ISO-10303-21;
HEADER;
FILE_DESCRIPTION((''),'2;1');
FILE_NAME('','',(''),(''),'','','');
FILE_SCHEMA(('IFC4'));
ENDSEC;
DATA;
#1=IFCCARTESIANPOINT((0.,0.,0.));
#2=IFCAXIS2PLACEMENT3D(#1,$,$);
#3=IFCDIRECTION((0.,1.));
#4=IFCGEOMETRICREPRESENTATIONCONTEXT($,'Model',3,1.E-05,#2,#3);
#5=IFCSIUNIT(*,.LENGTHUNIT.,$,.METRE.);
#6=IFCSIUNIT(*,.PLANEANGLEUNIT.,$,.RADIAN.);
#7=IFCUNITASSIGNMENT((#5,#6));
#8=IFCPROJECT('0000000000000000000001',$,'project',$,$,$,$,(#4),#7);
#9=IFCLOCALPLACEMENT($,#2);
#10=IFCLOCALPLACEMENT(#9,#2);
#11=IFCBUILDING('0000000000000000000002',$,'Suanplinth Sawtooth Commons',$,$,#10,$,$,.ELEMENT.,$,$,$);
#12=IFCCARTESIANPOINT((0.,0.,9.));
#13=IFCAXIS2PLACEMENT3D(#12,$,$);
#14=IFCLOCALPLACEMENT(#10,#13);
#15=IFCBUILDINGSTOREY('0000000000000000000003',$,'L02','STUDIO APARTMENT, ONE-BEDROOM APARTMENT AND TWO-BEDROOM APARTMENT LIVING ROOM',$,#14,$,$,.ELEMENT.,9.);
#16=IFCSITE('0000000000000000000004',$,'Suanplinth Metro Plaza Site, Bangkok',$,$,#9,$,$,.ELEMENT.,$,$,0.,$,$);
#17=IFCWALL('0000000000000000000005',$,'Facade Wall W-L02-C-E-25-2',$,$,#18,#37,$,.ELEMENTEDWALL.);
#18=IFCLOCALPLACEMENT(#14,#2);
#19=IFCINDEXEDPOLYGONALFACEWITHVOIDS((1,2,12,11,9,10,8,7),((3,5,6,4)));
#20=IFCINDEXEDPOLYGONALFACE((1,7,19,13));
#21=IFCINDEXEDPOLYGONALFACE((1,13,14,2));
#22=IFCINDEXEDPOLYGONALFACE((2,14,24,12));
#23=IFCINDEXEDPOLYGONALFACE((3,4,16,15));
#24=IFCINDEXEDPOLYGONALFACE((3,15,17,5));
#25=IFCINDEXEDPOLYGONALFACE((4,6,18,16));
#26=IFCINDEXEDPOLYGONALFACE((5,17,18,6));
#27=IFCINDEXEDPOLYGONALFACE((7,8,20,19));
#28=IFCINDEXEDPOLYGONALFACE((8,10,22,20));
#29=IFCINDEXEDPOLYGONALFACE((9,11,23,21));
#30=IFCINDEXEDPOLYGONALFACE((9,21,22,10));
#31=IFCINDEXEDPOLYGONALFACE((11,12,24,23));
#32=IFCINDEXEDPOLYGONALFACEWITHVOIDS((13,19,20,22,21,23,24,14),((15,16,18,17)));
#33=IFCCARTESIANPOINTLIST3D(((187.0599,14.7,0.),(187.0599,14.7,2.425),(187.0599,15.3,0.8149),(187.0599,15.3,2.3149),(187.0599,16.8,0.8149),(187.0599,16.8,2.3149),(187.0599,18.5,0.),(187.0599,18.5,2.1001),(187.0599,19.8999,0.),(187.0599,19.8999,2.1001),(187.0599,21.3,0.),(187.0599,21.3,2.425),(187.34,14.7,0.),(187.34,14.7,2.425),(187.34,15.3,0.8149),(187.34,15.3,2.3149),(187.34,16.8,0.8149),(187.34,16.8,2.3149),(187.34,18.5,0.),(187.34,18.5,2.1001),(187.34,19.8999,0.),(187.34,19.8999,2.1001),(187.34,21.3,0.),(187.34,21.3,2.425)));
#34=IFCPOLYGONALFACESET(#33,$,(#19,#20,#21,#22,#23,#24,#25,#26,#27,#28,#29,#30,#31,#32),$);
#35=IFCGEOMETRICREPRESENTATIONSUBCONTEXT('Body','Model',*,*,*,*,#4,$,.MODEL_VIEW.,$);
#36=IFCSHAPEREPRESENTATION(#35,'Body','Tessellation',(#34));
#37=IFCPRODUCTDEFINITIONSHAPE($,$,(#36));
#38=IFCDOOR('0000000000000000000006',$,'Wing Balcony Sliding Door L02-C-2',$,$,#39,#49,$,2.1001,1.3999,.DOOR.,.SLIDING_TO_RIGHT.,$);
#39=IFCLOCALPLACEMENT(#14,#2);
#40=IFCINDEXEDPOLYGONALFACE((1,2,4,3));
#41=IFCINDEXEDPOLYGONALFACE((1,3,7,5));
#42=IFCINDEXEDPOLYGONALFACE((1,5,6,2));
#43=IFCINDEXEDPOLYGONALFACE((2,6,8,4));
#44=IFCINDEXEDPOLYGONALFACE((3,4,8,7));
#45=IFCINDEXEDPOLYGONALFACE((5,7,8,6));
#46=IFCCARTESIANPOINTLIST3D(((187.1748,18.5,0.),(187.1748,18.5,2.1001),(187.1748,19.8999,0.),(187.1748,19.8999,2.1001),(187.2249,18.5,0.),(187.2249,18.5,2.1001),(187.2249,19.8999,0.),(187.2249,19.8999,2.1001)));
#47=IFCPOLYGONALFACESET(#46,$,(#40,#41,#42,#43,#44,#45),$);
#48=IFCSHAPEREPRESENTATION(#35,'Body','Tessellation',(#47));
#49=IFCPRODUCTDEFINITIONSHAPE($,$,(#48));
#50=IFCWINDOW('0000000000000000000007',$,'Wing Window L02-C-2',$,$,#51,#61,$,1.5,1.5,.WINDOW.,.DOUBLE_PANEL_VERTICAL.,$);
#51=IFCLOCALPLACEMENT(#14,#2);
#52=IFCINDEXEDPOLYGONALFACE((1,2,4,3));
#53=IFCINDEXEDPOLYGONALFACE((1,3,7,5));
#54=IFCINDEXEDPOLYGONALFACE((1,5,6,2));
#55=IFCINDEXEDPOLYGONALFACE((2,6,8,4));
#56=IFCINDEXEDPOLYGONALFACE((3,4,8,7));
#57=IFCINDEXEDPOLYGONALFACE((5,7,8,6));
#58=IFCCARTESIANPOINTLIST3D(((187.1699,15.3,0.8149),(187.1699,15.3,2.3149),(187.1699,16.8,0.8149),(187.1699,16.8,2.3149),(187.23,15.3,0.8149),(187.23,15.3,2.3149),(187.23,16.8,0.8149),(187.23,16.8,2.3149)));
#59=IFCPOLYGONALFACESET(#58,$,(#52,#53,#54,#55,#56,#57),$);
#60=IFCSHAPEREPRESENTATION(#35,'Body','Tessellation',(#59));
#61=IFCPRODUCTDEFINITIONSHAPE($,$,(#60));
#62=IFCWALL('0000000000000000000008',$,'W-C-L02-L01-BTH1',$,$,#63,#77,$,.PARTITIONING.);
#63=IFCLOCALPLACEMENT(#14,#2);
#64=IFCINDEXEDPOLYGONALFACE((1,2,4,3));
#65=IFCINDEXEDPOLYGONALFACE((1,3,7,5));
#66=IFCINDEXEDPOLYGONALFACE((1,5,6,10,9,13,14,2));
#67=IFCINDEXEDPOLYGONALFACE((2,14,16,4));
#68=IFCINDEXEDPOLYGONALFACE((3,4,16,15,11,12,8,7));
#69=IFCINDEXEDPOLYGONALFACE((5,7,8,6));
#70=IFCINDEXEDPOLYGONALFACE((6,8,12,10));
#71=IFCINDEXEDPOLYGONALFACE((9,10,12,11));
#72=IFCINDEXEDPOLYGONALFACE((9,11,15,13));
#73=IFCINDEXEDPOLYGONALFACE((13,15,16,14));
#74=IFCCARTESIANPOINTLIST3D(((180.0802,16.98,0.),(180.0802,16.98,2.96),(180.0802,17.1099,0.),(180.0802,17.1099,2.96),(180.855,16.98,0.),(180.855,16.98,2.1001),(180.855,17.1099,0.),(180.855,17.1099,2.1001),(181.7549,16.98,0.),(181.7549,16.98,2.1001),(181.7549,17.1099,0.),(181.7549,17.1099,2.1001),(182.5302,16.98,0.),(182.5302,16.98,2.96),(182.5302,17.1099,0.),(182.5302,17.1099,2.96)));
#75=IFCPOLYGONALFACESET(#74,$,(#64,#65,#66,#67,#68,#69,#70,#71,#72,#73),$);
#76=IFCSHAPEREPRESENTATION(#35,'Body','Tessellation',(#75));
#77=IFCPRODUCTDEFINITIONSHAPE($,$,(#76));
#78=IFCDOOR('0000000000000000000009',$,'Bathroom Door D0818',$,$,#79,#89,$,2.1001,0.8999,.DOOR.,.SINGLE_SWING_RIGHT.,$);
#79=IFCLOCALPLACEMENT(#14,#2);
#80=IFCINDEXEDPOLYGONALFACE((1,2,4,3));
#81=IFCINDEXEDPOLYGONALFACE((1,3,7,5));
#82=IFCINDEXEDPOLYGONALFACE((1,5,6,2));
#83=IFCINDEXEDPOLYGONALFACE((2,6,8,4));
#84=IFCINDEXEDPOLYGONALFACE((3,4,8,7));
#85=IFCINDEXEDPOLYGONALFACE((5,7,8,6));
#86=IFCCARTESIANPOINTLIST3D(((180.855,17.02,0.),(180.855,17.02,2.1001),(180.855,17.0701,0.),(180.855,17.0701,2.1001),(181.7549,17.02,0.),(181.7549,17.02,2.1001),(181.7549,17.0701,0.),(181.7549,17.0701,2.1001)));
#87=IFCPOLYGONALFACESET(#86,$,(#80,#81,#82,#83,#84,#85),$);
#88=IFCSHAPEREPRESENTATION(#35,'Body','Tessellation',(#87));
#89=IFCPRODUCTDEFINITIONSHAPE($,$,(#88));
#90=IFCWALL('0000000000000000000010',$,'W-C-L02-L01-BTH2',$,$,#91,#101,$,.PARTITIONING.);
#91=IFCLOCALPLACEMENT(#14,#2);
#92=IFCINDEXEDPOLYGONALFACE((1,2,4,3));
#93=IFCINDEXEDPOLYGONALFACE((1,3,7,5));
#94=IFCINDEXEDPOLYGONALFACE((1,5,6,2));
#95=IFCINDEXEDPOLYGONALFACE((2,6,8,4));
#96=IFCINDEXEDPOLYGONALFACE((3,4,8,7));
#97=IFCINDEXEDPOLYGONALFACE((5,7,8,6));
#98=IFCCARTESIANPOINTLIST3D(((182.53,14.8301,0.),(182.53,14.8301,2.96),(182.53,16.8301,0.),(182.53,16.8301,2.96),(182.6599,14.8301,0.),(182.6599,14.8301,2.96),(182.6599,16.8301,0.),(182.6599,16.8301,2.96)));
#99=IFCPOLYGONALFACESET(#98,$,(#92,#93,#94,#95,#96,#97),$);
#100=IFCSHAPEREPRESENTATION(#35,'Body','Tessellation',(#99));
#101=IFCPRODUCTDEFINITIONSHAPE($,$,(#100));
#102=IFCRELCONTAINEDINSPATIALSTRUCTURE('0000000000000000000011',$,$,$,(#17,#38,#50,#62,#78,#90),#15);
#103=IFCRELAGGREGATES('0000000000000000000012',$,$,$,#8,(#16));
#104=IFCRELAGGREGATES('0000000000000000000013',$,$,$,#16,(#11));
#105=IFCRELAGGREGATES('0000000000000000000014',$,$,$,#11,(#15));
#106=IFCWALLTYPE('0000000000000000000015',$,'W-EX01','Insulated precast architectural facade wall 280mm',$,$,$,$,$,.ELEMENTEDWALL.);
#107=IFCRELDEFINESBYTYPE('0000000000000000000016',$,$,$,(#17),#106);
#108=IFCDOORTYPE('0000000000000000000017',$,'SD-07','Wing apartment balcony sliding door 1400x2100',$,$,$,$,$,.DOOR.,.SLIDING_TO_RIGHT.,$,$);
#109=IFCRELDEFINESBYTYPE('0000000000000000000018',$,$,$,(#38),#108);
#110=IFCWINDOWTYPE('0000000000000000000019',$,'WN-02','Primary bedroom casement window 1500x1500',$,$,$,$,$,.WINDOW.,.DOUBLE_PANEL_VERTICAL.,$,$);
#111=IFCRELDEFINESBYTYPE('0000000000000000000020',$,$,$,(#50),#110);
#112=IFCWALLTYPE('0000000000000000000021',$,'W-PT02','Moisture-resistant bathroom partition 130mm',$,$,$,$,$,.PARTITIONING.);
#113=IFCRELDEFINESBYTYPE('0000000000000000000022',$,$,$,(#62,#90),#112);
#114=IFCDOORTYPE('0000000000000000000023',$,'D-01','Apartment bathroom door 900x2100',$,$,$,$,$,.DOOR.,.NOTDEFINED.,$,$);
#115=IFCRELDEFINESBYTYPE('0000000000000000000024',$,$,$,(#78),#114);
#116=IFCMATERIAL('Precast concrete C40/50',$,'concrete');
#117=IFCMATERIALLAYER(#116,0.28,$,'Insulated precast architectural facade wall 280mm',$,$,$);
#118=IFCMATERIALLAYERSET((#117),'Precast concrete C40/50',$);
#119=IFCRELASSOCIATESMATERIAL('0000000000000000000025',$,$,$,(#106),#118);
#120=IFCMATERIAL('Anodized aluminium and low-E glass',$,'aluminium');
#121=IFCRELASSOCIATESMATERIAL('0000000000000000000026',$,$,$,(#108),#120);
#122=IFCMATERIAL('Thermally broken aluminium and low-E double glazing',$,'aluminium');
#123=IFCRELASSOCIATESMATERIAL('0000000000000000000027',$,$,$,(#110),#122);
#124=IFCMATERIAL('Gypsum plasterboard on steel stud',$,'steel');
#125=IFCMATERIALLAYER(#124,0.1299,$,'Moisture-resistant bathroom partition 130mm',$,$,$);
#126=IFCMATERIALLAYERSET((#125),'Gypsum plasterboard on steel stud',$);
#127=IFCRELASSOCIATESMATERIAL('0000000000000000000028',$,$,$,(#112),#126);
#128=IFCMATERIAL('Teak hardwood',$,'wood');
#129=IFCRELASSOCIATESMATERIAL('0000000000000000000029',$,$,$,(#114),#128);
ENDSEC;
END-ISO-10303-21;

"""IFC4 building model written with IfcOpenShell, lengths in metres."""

from ifc_helpers import new_model, si_unit, direction, frame, frame_2d, origin, place, context, subcontext, project, spatial, rectangle, extrude, material, layer, layer_set, type_object, element, fill, save


model = new_model("IFC4")

# Units and contexts
model_context = context("Model", 3, precision=1e-05, world=origin(), true_north=direction((0.0, 1.0)))
body_context = subcontext(model_context, "Body", "Model", "MODEL_VIEW")
ifc_project = project(units=[si_unit("LENGTHUNIT", "METRE"), si_unit("PLANEANGLEUNIT", "RADIAN")], contexts=[model_context])

# Site, building, storey
site_placement = place(None, origin())
site = spatial("IfcSite", under=ifc_project, at=site_placement, Name="Suanplinth Metro Plaza Site, Bangkok", CompositionType="ELEMENT", RefElevation=0.0)
building_placement = place(site_placement, origin())
building = spatial("IfcBuilding", under=site, at=building_placement, Name="Suanplinth Sawtooth Commons", CompositionType="ELEMENT")
storey_placement = place(building_placement, frame((0.0, 0.0, 9.0)))
storey = spatial("IfcBuildingStorey", under=building, at=storey_placement, Name="L02", Description="STUDIO APARTMENT, ONE-BEDROOM APARTMENT AND TWO-BEDROOM APARTMENT LIVING ROOM", CompositionType="ELEMENT", Elevation=9.0)

# Shared definitions
ifc_material_1 = material(Name="Precast concrete C40/50", Category="concrete")

# Shared definitions
ifc_layer_1 = layer(ifc_material_1, 0.28, Name="Insulated precast architectural facade wall 280mm")
ifc_layer_set_1 = layer_set([ifc_layer_1], Name="Precast concrete C40/50")
wall_type_1 = type_object("IfcWallType", Name="W-EX01", Description="Insulated precast architectural facade wall 280mm", PredefinedType="ELEMENTEDWALL", material=ifc_layer_set_1)
ifc_material_2 = material(Name="Anodized aluminium and low-E glass", Category="aluminium")
door_type_1 = type_object("IfcDoorType", Name="SD-07", Description="Wing apartment balcony sliding door 1400x2100", OperationType="SLIDING_TO_RIGHT", PredefinedType="DOOR", material=ifc_material_2)

# Wall, openings, door, window
wall_1_placement = place(storey_placement, frame((187.2, 14.7, 0.0), z_axis=(0.0, 0.0, 1.0), x_axis=(0.0, 1.0, 0.0)))
wall_1 = element("IfcWall", 1, at=wall_1_placement, inside=storey, type_object=wall_type_1, Name="Facade Wall W-L02-C-E-25-2", PredefinedType="ELEMENTEDWALL", context=body_context, shape_type="SweptSolid", body=[
    extrude(rectangle(XDim=6.6001, YDim=0.28, at=frame_2d((3.3, 0.0))), origin(), (0.0, 0.0, 1.0), 2.425),
])
opening_1_placement = place(wall_1_placement, frame((3.8, 0.0, 0.0)))
opening_1 = element("IfcOpeningElement", 2, at=opening_1_placement, cuts=wall_1, PredefinedType="OPENING", context=body_context, shape_type="SweptSolid", body=[
    extrude(rectangle(XDim=1.3999, YDim=2.1001, at=frame_2d((0.7, 1.05))), frame((0.0, 0.1548, 0.0), z_axis=(0.0, -1.0, 0.0), x_axis=(1.0, 0.0, 0.0)), (0.0, 0.0, 1.0), 0.3098),
])
opening_2_placement = place(wall_1_placement, frame((0.6001, 0.0, 0.8149)))
opening_2 = element("IfcOpeningElement", 3, at=opening_2_placement, cuts=wall_1, PredefinedType="OPENING", context=body_context, shape_type="SweptSolid", body=[
    extrude(rectangle(XDim=1.5, YDim=1.5, at=frame_2d((0.75, 0.75))), frame((0.0, 0.1548, 0.0), z_axis=(0.0, -1.0, 0.0), x_axis=(1.0, 0.0, 0.0)), (0.0, 0.0, 1.0), 0.3098),
])
door_1_placement = place(opening_1_placement, frame((1.3999, 0.0, 0.0), z_axis=(0.0, 0.0, 1.0), x_axis=(-1.0, 0.0, 0.0)))
door_1 = element("IfcDoor", 4, at=door_1_placement, inside=storey, type_object=door_type_1, Name="Wing Balcony Sliding Door L02-C-2", OperationType="SLIDING_TO_RIGHT", OverallHeight=2.1001, OverallWidth=1.3999, PredefinedType="DOOR", context=body_context, shape_type="SweptSolid", body=[
    extrude(rectangle(XDim=1.3999, YDim=2.1001, at=frame_2d((0.7, 1.05))), frame((0.0, 0.0249, 0.0), z_axis=(0.0, -1.0, 0.0), x_axis=(1.0, 0.0, 0.0)), (0.0, 0.0, 1.0), 0.05),
])
fill(opening_1, door_1)
ifc_material_3 = material(Name="Thermally broken aluminium and low-E double glazing", Category="aluminium")
window_type = type_object("IfcWindowType", Name="WN-02", Description="Primary bedroom casement window 1500x1500", PartitioningType="DOUBLE_PANEL_VERTICAL", PredefinedType="WINDOW", material=ifc_material_3)
window_placement = place(opening_2_placement, origin())
window = element("IfcWindow", 5, at=window_placement, inside=storey, type_object=window_type, Name="Wing Window L02-C-2", OverallHeight=1.5, OverallWidth=1.5, PartitioningType="DOUBLE_PANEL_VERTICAL", PredefinedType="WINDOW", context=body_context, shape_type="SweptSolid", body=[
    extrude(rectangle(XDim=1.5, YDim=1.5, at=frame_2d((0.75, 0.75))), frame((0.0, 0.03, 0.0), z_axis=(0.0, -1.0, 0.0), x_axis=(1.0, 0.0, 0.0)), (0.0, 0.0, 1.0), 0.0601),
])
fill(opening_2, window)

# Wall, opening, door
ifc_material_4 = material(Name="Gypsum plasterboard on steel stud", Category="steel")
ifc_layer_2 = layer(ifc_material_4, 0.1299, Name="Moisture-resistant bathroom partition 130mm")
ifc_layer_set_2 = layer_set([ifc_layer_2], Name="Gypsum plasterboard on steel stud")
wall_type_2 = type_object("IfcWallType", Name="W-PT02", Description="Moisture-resistant bathroom partition 130mm", PredefinedType="PARTITIONING", material=ifc_layer_set_2)
wall_2_placement = place(storey_placement, frame((180.0801, 17.0449, 0.0), z_axis=(0.0, 0.0, 1.0), x_axis=(1.0, 0.0, 0.0)))
wall_2 = element("IfcWall", 6, at=wall_2_placement, inside=storey, type_object=wall_type_2, Name="W-C-L02-L01-BTH1", PredefinedType="PARTITIONING", context=body_context, shape_type="SweptSolid", body=[
    extrude(rectangle(XDim=2.45, YDim=0.1299, at=frame_2d((1.2251, 0.0))), origin(), (0.0, 0.0, 1.0), 2.96),
])
opening_3_placement = place(wall_2_placement, frame((0.7749, 0.0, 0.0)))
opening_3 = element("IfcOpeningElement", 7, at=opening_3_placement, cuts=wall_2, PredefinedType="OPENING", context=body_context, shape_type="SweptSolid", body=[
    extrude(rectangle(XDim=0.8999, YDim=2.1001, at=frame_2d((0.45, 1.05))), frame((0.0, 0.0798, 0.0), z_axis=(0.0, -1.0, 0.0), x_axis=(1.0, 0.0, 0.0)), (0.0, 0.0, 1.0), 0.1597),
])
ifc_material_5 = material(Name="Teak hardwood", Category="wood")
door_type_2 = type_object("IfcDoorType", Name="D-01", Description="Apartment bathroom door 900x2100", OperationType="NOTDEFINED", PredefinedType="DOOR", material=ifc_material_5)
door_2_placement = place(opening_3_placement, frame((0.8999, 0.0, 0.0), z_axis=(0.0, 0.0, 1.0), x_axis=(-1.0, 0.0, 0.0)))
door_2 = element("IfcDoor", 8, at=door_2_placement, inside=storey, type_object=door_type_2, Name="Bathroom Door D0818", OperationType="SINGLE_SWING_RIGHT", OverallHeight=2.1001, OverallWidth=0.8999, PredefinedType="DOOR", context=body_context, shape_type="SweptSolid", body=[
    extrude(rectangle(XDim=0.8999, YDim=2.1001, at=frame_2d((0.45, 1.05))), frame((0.0, 0.0249, 0.0), z_axis=(0.0, -1.0, 0.0), x_axis=(1.0, 0.0, 0.0)), (0.0, 0.0, 1.0), 0.05),
])
fill(opening_3, door_2)

# Wall
wall_3_placement = place(storey_placement, frame((182.595, 14.8301, 0.0), z_axis=(0.0, 0.0, 1.0), x_axis=(0.0, 1.0, 0.0)))
element("IfcWall", 9, at=wall_3_placement, inside=storey, type_object=wall_type_2, Name="W-C-L02-L01-BTH2", PredefinedType="PARTITIONING", context=body_context, shape_type="SweptSolid", body=[
    extrude(rectangle(XDim=2.0, YDim=0.1299, at=frame_2d((1.0, 0.0))), origin(), (0.0, 0.0, 1.0), 2.96),
])

save(model, "model.ifc")
